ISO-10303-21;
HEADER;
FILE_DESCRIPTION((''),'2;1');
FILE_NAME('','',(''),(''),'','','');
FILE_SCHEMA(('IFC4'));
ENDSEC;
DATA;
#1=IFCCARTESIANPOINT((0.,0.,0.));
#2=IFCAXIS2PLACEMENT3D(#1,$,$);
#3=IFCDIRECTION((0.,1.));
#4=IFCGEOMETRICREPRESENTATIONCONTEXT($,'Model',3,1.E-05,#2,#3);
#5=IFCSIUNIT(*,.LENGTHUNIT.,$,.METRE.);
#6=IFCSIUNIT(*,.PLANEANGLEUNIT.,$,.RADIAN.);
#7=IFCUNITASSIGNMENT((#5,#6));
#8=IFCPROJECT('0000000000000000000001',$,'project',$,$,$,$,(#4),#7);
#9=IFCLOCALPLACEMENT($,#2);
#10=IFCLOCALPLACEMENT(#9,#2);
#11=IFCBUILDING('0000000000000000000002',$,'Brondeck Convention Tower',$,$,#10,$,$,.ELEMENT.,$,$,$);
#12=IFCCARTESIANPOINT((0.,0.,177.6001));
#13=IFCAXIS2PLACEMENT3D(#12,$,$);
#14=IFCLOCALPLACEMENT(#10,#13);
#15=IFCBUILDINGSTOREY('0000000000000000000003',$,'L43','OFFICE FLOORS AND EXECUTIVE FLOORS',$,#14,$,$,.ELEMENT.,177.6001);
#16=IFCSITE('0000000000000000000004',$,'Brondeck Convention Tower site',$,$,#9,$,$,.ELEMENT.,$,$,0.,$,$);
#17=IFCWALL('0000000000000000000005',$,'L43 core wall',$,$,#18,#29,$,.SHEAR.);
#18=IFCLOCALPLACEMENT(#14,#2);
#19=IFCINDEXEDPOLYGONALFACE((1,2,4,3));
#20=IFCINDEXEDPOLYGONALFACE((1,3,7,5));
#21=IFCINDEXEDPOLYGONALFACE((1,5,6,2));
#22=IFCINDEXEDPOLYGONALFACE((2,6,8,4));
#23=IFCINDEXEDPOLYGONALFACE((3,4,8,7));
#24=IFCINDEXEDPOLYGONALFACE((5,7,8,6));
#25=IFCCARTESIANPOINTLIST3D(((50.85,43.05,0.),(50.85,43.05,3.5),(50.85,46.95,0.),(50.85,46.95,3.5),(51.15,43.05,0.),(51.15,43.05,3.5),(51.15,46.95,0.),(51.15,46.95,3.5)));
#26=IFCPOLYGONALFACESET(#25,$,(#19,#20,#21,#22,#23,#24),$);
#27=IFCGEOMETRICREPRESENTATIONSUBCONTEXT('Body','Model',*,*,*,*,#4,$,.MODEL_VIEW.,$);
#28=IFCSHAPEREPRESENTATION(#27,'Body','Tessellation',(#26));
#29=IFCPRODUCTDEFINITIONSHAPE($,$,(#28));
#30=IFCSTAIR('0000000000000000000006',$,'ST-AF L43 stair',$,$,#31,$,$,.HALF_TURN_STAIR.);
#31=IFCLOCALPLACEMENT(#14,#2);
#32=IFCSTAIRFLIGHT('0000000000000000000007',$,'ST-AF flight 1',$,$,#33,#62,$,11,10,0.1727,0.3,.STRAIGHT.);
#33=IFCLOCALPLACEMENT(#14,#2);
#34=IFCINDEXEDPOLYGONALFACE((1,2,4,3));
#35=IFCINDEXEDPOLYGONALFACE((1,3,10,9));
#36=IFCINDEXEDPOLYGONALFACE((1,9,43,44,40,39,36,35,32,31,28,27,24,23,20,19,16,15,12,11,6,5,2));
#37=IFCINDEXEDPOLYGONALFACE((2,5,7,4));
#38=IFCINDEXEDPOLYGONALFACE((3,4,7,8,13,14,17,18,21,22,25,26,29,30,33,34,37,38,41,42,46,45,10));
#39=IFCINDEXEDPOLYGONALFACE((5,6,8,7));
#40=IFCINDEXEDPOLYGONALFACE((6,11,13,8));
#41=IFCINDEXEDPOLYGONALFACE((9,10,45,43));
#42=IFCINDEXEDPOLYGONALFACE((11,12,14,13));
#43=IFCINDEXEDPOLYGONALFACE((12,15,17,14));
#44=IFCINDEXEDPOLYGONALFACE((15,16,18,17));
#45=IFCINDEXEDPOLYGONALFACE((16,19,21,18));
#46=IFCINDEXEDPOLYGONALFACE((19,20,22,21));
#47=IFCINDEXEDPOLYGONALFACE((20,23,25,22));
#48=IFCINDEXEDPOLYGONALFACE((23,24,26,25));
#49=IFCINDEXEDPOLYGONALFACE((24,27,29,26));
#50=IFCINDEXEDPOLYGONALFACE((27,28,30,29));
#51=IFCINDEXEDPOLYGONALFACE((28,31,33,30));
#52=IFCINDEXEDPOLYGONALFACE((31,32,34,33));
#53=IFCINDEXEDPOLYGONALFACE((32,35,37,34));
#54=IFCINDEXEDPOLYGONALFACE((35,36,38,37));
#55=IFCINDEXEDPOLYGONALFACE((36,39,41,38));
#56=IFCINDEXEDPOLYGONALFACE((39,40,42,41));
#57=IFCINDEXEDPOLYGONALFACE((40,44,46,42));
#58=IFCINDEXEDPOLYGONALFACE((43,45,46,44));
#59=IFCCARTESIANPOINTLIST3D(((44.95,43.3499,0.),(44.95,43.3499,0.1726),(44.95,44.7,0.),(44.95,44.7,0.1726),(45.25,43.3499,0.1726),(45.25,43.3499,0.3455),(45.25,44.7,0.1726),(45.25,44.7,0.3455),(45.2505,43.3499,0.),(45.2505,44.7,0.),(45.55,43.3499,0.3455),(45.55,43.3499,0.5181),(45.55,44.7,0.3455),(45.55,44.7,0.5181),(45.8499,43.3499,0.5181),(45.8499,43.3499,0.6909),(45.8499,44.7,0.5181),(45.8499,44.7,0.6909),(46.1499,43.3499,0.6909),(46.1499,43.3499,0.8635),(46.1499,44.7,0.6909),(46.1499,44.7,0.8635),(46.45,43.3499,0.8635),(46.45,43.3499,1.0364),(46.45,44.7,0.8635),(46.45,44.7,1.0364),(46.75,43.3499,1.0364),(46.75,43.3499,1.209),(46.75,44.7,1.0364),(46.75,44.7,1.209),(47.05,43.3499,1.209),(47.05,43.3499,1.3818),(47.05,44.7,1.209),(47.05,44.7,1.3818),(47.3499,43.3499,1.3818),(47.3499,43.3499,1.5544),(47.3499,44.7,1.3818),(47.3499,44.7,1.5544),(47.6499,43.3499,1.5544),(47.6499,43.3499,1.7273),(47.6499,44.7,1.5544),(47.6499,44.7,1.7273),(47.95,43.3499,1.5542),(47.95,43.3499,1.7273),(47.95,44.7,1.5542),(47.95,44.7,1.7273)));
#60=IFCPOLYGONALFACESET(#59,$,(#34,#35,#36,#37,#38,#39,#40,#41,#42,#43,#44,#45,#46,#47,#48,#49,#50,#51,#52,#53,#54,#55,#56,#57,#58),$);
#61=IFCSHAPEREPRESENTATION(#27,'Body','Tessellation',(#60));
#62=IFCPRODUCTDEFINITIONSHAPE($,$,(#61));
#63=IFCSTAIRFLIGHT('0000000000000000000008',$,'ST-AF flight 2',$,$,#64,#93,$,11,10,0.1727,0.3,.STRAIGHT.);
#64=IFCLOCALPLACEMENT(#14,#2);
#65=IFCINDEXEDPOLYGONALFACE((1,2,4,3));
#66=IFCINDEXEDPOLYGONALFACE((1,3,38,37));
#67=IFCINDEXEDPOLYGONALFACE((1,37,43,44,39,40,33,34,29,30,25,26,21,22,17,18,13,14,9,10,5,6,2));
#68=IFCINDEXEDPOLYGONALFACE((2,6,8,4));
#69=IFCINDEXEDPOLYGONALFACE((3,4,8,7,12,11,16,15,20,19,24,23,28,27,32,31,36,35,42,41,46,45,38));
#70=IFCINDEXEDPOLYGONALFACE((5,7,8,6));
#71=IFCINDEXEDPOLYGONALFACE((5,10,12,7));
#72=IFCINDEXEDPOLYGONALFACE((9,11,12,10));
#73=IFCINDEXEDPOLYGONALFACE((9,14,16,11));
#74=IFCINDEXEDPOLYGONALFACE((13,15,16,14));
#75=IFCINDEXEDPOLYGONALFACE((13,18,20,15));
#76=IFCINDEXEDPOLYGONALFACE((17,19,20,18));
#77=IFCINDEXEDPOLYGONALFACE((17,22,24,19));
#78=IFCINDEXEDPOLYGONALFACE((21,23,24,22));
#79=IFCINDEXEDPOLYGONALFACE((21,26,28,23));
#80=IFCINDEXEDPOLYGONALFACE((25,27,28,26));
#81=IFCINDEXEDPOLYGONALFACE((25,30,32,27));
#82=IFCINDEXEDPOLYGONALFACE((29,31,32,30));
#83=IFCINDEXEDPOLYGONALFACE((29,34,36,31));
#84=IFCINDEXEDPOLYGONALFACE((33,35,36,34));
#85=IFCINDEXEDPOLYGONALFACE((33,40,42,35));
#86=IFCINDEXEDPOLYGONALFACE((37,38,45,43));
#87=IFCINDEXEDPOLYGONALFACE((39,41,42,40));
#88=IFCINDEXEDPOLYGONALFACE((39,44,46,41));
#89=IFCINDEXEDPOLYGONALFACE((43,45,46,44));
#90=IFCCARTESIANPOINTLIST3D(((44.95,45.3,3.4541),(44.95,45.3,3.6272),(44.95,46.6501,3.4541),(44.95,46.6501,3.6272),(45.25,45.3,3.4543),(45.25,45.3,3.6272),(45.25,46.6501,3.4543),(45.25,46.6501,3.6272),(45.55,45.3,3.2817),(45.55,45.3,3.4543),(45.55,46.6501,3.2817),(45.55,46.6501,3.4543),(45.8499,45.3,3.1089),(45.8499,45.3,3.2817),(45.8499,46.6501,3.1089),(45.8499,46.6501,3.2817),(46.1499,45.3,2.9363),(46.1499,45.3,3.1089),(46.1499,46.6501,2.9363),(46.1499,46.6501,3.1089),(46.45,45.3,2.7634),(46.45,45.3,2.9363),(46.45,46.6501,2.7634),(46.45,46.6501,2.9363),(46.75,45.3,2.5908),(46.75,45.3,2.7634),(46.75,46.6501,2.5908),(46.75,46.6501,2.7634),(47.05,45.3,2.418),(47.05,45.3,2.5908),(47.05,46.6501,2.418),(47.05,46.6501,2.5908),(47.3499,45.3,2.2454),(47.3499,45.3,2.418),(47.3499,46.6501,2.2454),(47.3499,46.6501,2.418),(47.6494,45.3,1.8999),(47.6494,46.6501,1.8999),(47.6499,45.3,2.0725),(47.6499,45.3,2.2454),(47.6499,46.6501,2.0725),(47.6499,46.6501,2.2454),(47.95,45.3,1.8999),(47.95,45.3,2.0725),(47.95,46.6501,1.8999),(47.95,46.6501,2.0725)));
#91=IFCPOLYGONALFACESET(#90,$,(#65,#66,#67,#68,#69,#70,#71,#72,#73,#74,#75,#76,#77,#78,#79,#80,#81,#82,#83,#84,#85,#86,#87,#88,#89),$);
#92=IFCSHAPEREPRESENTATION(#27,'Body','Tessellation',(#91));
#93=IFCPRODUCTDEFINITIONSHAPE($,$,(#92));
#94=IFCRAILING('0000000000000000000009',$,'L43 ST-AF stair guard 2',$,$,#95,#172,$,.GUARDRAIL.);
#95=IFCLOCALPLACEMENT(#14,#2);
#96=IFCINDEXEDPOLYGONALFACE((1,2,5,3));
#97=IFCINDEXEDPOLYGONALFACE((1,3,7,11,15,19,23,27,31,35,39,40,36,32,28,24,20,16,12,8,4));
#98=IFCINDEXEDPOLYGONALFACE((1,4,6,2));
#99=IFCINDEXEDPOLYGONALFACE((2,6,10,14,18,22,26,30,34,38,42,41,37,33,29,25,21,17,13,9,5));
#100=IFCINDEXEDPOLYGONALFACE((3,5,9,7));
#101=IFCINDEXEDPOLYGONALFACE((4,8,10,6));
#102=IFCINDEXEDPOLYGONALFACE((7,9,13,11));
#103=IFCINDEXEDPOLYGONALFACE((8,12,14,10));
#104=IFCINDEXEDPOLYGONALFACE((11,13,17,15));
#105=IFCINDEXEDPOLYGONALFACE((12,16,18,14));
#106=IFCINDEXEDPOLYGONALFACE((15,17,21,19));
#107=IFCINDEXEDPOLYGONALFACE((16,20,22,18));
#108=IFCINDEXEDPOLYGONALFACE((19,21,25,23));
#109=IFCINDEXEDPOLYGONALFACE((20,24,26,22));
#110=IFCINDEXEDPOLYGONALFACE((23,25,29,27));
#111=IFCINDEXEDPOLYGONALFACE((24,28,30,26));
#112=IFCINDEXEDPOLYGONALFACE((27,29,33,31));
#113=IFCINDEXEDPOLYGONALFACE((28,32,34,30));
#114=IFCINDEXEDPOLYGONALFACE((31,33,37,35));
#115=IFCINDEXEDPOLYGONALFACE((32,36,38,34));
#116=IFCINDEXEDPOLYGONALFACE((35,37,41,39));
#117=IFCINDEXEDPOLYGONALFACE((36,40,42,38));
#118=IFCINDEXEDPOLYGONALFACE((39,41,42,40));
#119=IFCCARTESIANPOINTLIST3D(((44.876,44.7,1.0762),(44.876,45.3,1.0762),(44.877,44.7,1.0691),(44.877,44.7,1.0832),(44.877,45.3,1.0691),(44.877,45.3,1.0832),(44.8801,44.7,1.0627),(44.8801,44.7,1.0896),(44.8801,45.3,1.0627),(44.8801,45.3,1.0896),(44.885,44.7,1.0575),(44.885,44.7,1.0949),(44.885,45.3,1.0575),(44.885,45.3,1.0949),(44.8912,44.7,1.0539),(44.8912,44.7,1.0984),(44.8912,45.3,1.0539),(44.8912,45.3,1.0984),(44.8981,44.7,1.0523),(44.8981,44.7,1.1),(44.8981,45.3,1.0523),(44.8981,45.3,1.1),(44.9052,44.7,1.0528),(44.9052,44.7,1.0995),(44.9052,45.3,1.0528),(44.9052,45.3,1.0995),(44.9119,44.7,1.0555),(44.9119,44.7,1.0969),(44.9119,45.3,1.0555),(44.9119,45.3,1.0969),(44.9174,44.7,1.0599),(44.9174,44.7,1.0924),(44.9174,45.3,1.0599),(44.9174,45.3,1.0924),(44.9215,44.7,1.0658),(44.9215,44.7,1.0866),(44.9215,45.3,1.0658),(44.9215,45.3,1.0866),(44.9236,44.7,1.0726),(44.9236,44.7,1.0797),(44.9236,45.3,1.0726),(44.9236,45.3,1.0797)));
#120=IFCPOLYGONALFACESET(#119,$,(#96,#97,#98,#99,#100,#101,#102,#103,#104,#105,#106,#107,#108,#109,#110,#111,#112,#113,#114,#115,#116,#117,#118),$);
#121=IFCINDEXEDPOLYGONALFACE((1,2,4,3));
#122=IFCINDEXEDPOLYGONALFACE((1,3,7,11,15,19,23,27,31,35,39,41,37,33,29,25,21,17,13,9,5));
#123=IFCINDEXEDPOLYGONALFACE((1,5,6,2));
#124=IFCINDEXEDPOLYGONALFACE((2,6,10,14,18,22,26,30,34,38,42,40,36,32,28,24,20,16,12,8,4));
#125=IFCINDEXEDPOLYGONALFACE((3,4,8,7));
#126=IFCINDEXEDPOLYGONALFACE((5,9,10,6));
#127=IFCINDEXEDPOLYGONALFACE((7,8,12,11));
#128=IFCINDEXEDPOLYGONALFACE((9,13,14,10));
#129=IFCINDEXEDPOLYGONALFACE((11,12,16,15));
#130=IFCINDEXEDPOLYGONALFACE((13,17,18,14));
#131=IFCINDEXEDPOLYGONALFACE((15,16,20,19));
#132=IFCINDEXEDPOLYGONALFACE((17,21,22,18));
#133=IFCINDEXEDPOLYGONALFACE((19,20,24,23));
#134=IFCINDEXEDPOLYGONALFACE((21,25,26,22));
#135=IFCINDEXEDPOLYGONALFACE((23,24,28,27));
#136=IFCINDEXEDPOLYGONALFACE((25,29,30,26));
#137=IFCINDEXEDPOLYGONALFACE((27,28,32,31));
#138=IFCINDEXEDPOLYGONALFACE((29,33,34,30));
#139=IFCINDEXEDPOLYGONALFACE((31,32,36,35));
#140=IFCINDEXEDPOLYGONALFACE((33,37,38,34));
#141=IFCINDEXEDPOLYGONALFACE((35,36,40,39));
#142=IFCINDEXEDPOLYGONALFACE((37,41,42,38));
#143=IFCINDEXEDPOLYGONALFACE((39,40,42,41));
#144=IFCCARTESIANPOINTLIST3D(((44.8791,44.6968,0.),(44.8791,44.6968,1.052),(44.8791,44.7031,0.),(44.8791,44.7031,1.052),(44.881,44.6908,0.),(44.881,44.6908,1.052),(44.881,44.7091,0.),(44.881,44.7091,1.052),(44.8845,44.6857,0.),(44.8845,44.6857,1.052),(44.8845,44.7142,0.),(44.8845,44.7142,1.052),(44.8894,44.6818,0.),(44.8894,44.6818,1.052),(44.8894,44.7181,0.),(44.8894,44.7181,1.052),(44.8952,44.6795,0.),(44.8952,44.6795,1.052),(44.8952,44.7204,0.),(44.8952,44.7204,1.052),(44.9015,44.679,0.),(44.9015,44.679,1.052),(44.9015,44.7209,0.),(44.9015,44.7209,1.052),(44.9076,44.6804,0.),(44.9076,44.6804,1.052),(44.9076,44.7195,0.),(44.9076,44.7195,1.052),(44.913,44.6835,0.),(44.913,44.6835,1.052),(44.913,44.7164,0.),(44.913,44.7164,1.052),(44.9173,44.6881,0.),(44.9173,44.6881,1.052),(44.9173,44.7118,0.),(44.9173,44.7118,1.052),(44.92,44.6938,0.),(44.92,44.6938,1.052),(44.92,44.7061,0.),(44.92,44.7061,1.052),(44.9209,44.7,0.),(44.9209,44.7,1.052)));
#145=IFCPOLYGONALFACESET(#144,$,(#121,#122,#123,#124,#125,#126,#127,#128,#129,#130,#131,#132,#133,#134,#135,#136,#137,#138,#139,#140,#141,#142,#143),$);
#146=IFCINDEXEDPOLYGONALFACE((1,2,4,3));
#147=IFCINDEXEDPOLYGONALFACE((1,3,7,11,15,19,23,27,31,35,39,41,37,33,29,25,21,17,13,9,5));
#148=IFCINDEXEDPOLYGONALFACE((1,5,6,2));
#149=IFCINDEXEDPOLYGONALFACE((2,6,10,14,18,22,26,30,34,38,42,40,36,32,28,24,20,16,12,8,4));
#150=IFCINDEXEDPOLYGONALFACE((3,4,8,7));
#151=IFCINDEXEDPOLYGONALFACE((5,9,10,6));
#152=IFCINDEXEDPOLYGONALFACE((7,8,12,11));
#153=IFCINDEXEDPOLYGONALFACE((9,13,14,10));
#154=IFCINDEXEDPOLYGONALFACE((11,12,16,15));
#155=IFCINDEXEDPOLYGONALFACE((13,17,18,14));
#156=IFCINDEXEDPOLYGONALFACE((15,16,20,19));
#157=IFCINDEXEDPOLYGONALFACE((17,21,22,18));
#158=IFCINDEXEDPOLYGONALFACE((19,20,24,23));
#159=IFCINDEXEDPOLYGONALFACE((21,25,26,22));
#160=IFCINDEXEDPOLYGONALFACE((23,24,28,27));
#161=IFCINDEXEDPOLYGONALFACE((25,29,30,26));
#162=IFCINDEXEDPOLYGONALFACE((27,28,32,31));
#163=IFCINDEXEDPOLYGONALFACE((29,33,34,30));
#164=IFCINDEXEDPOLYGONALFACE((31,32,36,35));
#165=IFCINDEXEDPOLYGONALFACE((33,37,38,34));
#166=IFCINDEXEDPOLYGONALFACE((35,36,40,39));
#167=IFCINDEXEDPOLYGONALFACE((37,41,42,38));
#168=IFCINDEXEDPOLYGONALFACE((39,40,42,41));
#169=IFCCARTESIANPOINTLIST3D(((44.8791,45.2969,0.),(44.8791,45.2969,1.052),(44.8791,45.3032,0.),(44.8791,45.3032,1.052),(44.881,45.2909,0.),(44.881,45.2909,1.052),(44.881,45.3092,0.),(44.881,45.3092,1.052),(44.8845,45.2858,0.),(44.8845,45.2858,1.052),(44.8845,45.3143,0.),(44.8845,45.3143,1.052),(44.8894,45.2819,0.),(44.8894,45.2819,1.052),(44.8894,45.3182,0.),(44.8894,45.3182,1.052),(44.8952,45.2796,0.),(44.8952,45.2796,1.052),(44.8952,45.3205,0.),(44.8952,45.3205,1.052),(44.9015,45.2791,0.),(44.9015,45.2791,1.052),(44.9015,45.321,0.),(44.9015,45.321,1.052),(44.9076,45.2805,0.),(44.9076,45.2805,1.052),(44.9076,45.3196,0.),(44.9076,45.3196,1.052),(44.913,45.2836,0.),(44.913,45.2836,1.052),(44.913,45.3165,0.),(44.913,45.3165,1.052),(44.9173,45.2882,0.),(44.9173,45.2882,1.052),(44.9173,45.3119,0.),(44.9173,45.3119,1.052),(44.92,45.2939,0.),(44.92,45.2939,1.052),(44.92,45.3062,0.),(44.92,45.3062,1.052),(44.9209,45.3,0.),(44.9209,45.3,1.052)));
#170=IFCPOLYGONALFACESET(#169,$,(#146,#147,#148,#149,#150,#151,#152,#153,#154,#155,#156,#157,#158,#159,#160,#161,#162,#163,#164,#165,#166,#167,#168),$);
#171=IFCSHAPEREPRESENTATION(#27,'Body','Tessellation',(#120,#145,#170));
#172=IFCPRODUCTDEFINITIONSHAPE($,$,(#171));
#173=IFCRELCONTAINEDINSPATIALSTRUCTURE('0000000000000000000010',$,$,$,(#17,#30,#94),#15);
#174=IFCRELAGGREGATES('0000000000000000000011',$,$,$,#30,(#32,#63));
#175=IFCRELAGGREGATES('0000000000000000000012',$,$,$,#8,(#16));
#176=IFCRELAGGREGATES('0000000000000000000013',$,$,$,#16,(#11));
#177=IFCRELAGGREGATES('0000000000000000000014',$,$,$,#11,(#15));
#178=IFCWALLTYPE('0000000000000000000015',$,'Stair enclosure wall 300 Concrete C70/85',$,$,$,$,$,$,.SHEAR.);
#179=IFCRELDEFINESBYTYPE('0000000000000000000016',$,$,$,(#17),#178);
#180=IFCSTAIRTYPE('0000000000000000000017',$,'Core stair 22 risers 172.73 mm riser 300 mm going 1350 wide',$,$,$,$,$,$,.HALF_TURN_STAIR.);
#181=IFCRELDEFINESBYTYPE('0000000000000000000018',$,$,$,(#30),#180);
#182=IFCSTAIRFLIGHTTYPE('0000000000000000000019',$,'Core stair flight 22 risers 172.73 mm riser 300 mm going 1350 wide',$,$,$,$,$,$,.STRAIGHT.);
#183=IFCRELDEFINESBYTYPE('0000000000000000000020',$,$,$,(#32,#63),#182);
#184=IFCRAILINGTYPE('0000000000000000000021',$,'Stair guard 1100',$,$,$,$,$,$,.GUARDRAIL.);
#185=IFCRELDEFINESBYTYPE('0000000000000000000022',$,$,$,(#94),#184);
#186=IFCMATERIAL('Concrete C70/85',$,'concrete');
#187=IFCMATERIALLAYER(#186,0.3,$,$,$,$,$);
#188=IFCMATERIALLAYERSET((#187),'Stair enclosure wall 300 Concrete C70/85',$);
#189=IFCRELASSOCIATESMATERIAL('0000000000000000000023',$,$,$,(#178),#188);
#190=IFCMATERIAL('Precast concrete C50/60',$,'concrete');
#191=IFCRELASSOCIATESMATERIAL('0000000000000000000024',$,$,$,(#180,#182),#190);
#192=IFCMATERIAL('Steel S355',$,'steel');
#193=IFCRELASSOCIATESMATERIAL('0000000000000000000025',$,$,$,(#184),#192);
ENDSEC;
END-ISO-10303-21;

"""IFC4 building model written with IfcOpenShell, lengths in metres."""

from ifc_helpers import new_model, si_unit, direction, frame, frame_2d, origin, origin_2d, place, context, subcontext, project, spatial, polyline, rectangle, circle, outline, extrude, material, layer, layer_set, type_object, element, aggregate, save


model = new_model("IFC4")

# Units and contexts
model_context = context("Model", 3, precision=1e-05, world=origin(), true_north=direction((0.0, 1.0)))
body_context = subcontext(model_context, "Body", "Model", "MODEL_VIEW")
ifc_project = project(units=[si_unit("LENGTHUNIT", "METRE"), si_unit("PLANEANGLEUNIT", "RADIAN")], contexts=[model_context])

# Site, building, storey
site_placement = place(None, origin())
site = spatial("IfcSite", under=ifc_project, at=site_placement, Name="Brondeck Convention Tower site", CompositionType="ELEMENT", RefElevation=0.0)
building_placement = place(site_placement, origin())
building = spatial("IfcBuilding", under=site, at=building_placement, Name="Brondeck Convention Tower", CompositionType="ELEMENT")
storey_placement = place(building_placement, frame((0.0, 0.0, 177.6001)))
storey = spatial("IfcBuildingStorey", under=building, at=storey_placement, Name="L43", Description="OFFICE FLOORS AND EXECUTIVE FLOORS", CompositionType="ELEMENT", Elevation=177.6001)

# Shared definitions
ifc_material_1 = material(Name="Concrete C70/85", Category="concrete")

# Shared definitions
ifc_material_2 = material(Name="Steel S355", Category="steel")

# Shared definitions
ifc_layer_1 = layer(ifc_material_1, 0.3)
ifc_layer_set_1 = layer_set([ifc_layer_1], Name="Stair enclosure wall 300 Concrete C70/85")
wall_type_1 = type_object("IfcWallType", Name="Stair enclosure wall 300 Concrete C70/85", PredefinedType="SHEAR", material=ifc_layer_set_1)

# Wall
wall_1_placement = place(storey_placement, frame((51.0, 43.05, 0.0), z_axis=(0.0, 0.0, 1.0), x_axis=(0.0, 1.0, 0.0)))
element("IfcWall", 1, at=wall_1_placement, inside=storey, type_object=wall_type_1, Name="L43 core wall", PredefinedType="SHEAR", context=body_context, shape_type="SweptSolid", body=[
    extrude(rectangle(XDim=3.8999, YDim=0.3, at=frame_2d((1.95, 0.0))), origin(), (0.0, 0.0, 1.0), 3.5),
])

# Stair, stair flights
ifc_material_3 = material(Name="Precast concrete C50/60", Category="concrete")
stair_type = type_object("IfcStairType", Name="Core stair 22 risers 172.73 mm riser 300 mm going 1350 wide", PredefinedType="HALF_TURN_STAIR", material=ifc_material_3)
stair_placement = place(storey_placement, origin())
stair = element("IfcStair", 2, at=stair_placement, inside=storey, type_object=stair_type, Name="ST-AF L43 stair", PredefinedType="HALF_TURN_STAIR")
stair_flight_type = type_object("IfcStairFlightType", Name="Core stair flight 22 risers 172.73 mm riser 300 mm going 1350 wide", PredefinedType="STRAIGHT", material=ifc_material_3)
stair_flight_1_placement = place(storey_placement, frame((44.95, 44.0249, 0.0), z_axis=(0.0, 0.0, 1.0), x_axis=(1.0, 0.0, 0.0)))
stair_flight_1 = element("IfcStairFlight", 3, at=stair_flight_1_placement, type_object=stair_flight_type, Name="ST-AF flight 1", NumberOfRisers=11, NumberOfTreads=10, PredefinedType="STRAIGHT", RiserHeight=0.1727, TreadLength=0.3, context=body_context, shape_type="SweptSolid", body=[
    extrude(outline(polyline([(0.0, 0.0), (0.0, 0.1726), (0.3, 0.1726), (0.3, 0.3455), (0.6001, 0.3455), (0.6001, 0.5181), (0.8999, 0.5181), (0.8999, 0.6909), (1.2, 0.6909), (1.2, 0.8635), (1.5, 0.8635), (1.5, 1.0364), (1.8, 1.0364), (1.8, 1.209), (2.1001, 1.209), (2.1001, 1.3818), (2.3999, 1.3818), (2.3999, 1.5544), (2.7, 1.5544), (2.7, 1.7273), (3.0, 1.7273), (3.0, 1.8999), (3.0, 1.5542), (0.3005, 0.0), (0.0, 0.0)])), frame((0.0, 0.675, 0.0), z_axis=(0.0, -1.0, 0.0), x_axis=(1.0, 0.0, 0.0)), (0.0, 0.0, 1.0), 1.3501),
])
stair_flight_2_placement = place(storey_placement, frame((47.95, 45.9751, 1.8999), z_axis=(0.0, 0.0, 1.0), x_axis=(-1.0, 0.0, 0.0)))
stair_flight_2 = element("IfcStairFlight", 4, at=stair_flight_2_placement, type_object=stair_flight_type, Name="ST-AF flight 2", NumberOfRisers=11, NumberOfTreads=10, PredefinedType="STRAIGHT", RiserHeight=0.1727, TreadLength=0.3, context=body_context, shape_type="SweptSolid", body=[
    extrude(outline(polyline([(0.0, 0.0), (0.0, 0.1726), (0.3, 0.1726), (0.3, 0.3455), (0.6001, 0.3455), (0.6001, 0.5181), (0.8999, 0.5181), (0.8999, 0.6909), (1.2, 0.6909), (1.2, 0.8635), (1.5, 0.8635), (1.5, 1.0364), (1.8, 1.0364), (1.8, 1.209), (2.1001, 1.209), (2.1001, 1.3818), (2.3999, 1.3818), (2.3999, 1.5544), (2.7, 1.5544), (2.7, 1.7273), (3.0, 1.7273), (3.0, 1.8999), (3.0, 1.5542), (0.3005, 0.0), (0.0, 0.0)])), frame((0.0, 0.675, 0.0), z_axis=(0.0, -1.0, 0.0), x_axis=(1.0, 0.0, 0.0)), (0.0, 0.0, 1.0), 1.3501),
])
aggregate(stair, [stair_flight_1, stair_flight_2])

# Railing
railing_type_1 = type_object("IfcRailingType", Name="Stair guard 1100", PredefinedType="GUARDRAIL", material=ifc_material_2)
railing_1_placement = place(storey_placement, frame((44.8999, 44.7, 0.0)))
element("IfcRailing", 5, at=railing_1_placement, inside=storey, type_object=railing_type_1, Name="L43 ST-AF stair guard 2", PredefinedType="GUARDRAIL", context=body_context, shape_type="SweptSolid", body=[
    extrude(circle(Radius=0.0239, at=origin_2d()), frame((0.0, 0.0, 1.0762), z_axis=(0.0, 1.0, 0.0), x_axis=(-1.0, 0.0, 0.0)), (0.0, 0.0, 1.0), 0.6001),
    extrude(circle(Radius=0.021, at=origin_2d()), origin(), (0.0, 0.0, 1.0), 1.052),
    extrude(circle(Radius=0.021, at=origin_2d()), frame((0.0, 0.6001, 0.0)), (0.0, 0.0, 1.0), 1.052),
])

save(model, "model.ifc")
